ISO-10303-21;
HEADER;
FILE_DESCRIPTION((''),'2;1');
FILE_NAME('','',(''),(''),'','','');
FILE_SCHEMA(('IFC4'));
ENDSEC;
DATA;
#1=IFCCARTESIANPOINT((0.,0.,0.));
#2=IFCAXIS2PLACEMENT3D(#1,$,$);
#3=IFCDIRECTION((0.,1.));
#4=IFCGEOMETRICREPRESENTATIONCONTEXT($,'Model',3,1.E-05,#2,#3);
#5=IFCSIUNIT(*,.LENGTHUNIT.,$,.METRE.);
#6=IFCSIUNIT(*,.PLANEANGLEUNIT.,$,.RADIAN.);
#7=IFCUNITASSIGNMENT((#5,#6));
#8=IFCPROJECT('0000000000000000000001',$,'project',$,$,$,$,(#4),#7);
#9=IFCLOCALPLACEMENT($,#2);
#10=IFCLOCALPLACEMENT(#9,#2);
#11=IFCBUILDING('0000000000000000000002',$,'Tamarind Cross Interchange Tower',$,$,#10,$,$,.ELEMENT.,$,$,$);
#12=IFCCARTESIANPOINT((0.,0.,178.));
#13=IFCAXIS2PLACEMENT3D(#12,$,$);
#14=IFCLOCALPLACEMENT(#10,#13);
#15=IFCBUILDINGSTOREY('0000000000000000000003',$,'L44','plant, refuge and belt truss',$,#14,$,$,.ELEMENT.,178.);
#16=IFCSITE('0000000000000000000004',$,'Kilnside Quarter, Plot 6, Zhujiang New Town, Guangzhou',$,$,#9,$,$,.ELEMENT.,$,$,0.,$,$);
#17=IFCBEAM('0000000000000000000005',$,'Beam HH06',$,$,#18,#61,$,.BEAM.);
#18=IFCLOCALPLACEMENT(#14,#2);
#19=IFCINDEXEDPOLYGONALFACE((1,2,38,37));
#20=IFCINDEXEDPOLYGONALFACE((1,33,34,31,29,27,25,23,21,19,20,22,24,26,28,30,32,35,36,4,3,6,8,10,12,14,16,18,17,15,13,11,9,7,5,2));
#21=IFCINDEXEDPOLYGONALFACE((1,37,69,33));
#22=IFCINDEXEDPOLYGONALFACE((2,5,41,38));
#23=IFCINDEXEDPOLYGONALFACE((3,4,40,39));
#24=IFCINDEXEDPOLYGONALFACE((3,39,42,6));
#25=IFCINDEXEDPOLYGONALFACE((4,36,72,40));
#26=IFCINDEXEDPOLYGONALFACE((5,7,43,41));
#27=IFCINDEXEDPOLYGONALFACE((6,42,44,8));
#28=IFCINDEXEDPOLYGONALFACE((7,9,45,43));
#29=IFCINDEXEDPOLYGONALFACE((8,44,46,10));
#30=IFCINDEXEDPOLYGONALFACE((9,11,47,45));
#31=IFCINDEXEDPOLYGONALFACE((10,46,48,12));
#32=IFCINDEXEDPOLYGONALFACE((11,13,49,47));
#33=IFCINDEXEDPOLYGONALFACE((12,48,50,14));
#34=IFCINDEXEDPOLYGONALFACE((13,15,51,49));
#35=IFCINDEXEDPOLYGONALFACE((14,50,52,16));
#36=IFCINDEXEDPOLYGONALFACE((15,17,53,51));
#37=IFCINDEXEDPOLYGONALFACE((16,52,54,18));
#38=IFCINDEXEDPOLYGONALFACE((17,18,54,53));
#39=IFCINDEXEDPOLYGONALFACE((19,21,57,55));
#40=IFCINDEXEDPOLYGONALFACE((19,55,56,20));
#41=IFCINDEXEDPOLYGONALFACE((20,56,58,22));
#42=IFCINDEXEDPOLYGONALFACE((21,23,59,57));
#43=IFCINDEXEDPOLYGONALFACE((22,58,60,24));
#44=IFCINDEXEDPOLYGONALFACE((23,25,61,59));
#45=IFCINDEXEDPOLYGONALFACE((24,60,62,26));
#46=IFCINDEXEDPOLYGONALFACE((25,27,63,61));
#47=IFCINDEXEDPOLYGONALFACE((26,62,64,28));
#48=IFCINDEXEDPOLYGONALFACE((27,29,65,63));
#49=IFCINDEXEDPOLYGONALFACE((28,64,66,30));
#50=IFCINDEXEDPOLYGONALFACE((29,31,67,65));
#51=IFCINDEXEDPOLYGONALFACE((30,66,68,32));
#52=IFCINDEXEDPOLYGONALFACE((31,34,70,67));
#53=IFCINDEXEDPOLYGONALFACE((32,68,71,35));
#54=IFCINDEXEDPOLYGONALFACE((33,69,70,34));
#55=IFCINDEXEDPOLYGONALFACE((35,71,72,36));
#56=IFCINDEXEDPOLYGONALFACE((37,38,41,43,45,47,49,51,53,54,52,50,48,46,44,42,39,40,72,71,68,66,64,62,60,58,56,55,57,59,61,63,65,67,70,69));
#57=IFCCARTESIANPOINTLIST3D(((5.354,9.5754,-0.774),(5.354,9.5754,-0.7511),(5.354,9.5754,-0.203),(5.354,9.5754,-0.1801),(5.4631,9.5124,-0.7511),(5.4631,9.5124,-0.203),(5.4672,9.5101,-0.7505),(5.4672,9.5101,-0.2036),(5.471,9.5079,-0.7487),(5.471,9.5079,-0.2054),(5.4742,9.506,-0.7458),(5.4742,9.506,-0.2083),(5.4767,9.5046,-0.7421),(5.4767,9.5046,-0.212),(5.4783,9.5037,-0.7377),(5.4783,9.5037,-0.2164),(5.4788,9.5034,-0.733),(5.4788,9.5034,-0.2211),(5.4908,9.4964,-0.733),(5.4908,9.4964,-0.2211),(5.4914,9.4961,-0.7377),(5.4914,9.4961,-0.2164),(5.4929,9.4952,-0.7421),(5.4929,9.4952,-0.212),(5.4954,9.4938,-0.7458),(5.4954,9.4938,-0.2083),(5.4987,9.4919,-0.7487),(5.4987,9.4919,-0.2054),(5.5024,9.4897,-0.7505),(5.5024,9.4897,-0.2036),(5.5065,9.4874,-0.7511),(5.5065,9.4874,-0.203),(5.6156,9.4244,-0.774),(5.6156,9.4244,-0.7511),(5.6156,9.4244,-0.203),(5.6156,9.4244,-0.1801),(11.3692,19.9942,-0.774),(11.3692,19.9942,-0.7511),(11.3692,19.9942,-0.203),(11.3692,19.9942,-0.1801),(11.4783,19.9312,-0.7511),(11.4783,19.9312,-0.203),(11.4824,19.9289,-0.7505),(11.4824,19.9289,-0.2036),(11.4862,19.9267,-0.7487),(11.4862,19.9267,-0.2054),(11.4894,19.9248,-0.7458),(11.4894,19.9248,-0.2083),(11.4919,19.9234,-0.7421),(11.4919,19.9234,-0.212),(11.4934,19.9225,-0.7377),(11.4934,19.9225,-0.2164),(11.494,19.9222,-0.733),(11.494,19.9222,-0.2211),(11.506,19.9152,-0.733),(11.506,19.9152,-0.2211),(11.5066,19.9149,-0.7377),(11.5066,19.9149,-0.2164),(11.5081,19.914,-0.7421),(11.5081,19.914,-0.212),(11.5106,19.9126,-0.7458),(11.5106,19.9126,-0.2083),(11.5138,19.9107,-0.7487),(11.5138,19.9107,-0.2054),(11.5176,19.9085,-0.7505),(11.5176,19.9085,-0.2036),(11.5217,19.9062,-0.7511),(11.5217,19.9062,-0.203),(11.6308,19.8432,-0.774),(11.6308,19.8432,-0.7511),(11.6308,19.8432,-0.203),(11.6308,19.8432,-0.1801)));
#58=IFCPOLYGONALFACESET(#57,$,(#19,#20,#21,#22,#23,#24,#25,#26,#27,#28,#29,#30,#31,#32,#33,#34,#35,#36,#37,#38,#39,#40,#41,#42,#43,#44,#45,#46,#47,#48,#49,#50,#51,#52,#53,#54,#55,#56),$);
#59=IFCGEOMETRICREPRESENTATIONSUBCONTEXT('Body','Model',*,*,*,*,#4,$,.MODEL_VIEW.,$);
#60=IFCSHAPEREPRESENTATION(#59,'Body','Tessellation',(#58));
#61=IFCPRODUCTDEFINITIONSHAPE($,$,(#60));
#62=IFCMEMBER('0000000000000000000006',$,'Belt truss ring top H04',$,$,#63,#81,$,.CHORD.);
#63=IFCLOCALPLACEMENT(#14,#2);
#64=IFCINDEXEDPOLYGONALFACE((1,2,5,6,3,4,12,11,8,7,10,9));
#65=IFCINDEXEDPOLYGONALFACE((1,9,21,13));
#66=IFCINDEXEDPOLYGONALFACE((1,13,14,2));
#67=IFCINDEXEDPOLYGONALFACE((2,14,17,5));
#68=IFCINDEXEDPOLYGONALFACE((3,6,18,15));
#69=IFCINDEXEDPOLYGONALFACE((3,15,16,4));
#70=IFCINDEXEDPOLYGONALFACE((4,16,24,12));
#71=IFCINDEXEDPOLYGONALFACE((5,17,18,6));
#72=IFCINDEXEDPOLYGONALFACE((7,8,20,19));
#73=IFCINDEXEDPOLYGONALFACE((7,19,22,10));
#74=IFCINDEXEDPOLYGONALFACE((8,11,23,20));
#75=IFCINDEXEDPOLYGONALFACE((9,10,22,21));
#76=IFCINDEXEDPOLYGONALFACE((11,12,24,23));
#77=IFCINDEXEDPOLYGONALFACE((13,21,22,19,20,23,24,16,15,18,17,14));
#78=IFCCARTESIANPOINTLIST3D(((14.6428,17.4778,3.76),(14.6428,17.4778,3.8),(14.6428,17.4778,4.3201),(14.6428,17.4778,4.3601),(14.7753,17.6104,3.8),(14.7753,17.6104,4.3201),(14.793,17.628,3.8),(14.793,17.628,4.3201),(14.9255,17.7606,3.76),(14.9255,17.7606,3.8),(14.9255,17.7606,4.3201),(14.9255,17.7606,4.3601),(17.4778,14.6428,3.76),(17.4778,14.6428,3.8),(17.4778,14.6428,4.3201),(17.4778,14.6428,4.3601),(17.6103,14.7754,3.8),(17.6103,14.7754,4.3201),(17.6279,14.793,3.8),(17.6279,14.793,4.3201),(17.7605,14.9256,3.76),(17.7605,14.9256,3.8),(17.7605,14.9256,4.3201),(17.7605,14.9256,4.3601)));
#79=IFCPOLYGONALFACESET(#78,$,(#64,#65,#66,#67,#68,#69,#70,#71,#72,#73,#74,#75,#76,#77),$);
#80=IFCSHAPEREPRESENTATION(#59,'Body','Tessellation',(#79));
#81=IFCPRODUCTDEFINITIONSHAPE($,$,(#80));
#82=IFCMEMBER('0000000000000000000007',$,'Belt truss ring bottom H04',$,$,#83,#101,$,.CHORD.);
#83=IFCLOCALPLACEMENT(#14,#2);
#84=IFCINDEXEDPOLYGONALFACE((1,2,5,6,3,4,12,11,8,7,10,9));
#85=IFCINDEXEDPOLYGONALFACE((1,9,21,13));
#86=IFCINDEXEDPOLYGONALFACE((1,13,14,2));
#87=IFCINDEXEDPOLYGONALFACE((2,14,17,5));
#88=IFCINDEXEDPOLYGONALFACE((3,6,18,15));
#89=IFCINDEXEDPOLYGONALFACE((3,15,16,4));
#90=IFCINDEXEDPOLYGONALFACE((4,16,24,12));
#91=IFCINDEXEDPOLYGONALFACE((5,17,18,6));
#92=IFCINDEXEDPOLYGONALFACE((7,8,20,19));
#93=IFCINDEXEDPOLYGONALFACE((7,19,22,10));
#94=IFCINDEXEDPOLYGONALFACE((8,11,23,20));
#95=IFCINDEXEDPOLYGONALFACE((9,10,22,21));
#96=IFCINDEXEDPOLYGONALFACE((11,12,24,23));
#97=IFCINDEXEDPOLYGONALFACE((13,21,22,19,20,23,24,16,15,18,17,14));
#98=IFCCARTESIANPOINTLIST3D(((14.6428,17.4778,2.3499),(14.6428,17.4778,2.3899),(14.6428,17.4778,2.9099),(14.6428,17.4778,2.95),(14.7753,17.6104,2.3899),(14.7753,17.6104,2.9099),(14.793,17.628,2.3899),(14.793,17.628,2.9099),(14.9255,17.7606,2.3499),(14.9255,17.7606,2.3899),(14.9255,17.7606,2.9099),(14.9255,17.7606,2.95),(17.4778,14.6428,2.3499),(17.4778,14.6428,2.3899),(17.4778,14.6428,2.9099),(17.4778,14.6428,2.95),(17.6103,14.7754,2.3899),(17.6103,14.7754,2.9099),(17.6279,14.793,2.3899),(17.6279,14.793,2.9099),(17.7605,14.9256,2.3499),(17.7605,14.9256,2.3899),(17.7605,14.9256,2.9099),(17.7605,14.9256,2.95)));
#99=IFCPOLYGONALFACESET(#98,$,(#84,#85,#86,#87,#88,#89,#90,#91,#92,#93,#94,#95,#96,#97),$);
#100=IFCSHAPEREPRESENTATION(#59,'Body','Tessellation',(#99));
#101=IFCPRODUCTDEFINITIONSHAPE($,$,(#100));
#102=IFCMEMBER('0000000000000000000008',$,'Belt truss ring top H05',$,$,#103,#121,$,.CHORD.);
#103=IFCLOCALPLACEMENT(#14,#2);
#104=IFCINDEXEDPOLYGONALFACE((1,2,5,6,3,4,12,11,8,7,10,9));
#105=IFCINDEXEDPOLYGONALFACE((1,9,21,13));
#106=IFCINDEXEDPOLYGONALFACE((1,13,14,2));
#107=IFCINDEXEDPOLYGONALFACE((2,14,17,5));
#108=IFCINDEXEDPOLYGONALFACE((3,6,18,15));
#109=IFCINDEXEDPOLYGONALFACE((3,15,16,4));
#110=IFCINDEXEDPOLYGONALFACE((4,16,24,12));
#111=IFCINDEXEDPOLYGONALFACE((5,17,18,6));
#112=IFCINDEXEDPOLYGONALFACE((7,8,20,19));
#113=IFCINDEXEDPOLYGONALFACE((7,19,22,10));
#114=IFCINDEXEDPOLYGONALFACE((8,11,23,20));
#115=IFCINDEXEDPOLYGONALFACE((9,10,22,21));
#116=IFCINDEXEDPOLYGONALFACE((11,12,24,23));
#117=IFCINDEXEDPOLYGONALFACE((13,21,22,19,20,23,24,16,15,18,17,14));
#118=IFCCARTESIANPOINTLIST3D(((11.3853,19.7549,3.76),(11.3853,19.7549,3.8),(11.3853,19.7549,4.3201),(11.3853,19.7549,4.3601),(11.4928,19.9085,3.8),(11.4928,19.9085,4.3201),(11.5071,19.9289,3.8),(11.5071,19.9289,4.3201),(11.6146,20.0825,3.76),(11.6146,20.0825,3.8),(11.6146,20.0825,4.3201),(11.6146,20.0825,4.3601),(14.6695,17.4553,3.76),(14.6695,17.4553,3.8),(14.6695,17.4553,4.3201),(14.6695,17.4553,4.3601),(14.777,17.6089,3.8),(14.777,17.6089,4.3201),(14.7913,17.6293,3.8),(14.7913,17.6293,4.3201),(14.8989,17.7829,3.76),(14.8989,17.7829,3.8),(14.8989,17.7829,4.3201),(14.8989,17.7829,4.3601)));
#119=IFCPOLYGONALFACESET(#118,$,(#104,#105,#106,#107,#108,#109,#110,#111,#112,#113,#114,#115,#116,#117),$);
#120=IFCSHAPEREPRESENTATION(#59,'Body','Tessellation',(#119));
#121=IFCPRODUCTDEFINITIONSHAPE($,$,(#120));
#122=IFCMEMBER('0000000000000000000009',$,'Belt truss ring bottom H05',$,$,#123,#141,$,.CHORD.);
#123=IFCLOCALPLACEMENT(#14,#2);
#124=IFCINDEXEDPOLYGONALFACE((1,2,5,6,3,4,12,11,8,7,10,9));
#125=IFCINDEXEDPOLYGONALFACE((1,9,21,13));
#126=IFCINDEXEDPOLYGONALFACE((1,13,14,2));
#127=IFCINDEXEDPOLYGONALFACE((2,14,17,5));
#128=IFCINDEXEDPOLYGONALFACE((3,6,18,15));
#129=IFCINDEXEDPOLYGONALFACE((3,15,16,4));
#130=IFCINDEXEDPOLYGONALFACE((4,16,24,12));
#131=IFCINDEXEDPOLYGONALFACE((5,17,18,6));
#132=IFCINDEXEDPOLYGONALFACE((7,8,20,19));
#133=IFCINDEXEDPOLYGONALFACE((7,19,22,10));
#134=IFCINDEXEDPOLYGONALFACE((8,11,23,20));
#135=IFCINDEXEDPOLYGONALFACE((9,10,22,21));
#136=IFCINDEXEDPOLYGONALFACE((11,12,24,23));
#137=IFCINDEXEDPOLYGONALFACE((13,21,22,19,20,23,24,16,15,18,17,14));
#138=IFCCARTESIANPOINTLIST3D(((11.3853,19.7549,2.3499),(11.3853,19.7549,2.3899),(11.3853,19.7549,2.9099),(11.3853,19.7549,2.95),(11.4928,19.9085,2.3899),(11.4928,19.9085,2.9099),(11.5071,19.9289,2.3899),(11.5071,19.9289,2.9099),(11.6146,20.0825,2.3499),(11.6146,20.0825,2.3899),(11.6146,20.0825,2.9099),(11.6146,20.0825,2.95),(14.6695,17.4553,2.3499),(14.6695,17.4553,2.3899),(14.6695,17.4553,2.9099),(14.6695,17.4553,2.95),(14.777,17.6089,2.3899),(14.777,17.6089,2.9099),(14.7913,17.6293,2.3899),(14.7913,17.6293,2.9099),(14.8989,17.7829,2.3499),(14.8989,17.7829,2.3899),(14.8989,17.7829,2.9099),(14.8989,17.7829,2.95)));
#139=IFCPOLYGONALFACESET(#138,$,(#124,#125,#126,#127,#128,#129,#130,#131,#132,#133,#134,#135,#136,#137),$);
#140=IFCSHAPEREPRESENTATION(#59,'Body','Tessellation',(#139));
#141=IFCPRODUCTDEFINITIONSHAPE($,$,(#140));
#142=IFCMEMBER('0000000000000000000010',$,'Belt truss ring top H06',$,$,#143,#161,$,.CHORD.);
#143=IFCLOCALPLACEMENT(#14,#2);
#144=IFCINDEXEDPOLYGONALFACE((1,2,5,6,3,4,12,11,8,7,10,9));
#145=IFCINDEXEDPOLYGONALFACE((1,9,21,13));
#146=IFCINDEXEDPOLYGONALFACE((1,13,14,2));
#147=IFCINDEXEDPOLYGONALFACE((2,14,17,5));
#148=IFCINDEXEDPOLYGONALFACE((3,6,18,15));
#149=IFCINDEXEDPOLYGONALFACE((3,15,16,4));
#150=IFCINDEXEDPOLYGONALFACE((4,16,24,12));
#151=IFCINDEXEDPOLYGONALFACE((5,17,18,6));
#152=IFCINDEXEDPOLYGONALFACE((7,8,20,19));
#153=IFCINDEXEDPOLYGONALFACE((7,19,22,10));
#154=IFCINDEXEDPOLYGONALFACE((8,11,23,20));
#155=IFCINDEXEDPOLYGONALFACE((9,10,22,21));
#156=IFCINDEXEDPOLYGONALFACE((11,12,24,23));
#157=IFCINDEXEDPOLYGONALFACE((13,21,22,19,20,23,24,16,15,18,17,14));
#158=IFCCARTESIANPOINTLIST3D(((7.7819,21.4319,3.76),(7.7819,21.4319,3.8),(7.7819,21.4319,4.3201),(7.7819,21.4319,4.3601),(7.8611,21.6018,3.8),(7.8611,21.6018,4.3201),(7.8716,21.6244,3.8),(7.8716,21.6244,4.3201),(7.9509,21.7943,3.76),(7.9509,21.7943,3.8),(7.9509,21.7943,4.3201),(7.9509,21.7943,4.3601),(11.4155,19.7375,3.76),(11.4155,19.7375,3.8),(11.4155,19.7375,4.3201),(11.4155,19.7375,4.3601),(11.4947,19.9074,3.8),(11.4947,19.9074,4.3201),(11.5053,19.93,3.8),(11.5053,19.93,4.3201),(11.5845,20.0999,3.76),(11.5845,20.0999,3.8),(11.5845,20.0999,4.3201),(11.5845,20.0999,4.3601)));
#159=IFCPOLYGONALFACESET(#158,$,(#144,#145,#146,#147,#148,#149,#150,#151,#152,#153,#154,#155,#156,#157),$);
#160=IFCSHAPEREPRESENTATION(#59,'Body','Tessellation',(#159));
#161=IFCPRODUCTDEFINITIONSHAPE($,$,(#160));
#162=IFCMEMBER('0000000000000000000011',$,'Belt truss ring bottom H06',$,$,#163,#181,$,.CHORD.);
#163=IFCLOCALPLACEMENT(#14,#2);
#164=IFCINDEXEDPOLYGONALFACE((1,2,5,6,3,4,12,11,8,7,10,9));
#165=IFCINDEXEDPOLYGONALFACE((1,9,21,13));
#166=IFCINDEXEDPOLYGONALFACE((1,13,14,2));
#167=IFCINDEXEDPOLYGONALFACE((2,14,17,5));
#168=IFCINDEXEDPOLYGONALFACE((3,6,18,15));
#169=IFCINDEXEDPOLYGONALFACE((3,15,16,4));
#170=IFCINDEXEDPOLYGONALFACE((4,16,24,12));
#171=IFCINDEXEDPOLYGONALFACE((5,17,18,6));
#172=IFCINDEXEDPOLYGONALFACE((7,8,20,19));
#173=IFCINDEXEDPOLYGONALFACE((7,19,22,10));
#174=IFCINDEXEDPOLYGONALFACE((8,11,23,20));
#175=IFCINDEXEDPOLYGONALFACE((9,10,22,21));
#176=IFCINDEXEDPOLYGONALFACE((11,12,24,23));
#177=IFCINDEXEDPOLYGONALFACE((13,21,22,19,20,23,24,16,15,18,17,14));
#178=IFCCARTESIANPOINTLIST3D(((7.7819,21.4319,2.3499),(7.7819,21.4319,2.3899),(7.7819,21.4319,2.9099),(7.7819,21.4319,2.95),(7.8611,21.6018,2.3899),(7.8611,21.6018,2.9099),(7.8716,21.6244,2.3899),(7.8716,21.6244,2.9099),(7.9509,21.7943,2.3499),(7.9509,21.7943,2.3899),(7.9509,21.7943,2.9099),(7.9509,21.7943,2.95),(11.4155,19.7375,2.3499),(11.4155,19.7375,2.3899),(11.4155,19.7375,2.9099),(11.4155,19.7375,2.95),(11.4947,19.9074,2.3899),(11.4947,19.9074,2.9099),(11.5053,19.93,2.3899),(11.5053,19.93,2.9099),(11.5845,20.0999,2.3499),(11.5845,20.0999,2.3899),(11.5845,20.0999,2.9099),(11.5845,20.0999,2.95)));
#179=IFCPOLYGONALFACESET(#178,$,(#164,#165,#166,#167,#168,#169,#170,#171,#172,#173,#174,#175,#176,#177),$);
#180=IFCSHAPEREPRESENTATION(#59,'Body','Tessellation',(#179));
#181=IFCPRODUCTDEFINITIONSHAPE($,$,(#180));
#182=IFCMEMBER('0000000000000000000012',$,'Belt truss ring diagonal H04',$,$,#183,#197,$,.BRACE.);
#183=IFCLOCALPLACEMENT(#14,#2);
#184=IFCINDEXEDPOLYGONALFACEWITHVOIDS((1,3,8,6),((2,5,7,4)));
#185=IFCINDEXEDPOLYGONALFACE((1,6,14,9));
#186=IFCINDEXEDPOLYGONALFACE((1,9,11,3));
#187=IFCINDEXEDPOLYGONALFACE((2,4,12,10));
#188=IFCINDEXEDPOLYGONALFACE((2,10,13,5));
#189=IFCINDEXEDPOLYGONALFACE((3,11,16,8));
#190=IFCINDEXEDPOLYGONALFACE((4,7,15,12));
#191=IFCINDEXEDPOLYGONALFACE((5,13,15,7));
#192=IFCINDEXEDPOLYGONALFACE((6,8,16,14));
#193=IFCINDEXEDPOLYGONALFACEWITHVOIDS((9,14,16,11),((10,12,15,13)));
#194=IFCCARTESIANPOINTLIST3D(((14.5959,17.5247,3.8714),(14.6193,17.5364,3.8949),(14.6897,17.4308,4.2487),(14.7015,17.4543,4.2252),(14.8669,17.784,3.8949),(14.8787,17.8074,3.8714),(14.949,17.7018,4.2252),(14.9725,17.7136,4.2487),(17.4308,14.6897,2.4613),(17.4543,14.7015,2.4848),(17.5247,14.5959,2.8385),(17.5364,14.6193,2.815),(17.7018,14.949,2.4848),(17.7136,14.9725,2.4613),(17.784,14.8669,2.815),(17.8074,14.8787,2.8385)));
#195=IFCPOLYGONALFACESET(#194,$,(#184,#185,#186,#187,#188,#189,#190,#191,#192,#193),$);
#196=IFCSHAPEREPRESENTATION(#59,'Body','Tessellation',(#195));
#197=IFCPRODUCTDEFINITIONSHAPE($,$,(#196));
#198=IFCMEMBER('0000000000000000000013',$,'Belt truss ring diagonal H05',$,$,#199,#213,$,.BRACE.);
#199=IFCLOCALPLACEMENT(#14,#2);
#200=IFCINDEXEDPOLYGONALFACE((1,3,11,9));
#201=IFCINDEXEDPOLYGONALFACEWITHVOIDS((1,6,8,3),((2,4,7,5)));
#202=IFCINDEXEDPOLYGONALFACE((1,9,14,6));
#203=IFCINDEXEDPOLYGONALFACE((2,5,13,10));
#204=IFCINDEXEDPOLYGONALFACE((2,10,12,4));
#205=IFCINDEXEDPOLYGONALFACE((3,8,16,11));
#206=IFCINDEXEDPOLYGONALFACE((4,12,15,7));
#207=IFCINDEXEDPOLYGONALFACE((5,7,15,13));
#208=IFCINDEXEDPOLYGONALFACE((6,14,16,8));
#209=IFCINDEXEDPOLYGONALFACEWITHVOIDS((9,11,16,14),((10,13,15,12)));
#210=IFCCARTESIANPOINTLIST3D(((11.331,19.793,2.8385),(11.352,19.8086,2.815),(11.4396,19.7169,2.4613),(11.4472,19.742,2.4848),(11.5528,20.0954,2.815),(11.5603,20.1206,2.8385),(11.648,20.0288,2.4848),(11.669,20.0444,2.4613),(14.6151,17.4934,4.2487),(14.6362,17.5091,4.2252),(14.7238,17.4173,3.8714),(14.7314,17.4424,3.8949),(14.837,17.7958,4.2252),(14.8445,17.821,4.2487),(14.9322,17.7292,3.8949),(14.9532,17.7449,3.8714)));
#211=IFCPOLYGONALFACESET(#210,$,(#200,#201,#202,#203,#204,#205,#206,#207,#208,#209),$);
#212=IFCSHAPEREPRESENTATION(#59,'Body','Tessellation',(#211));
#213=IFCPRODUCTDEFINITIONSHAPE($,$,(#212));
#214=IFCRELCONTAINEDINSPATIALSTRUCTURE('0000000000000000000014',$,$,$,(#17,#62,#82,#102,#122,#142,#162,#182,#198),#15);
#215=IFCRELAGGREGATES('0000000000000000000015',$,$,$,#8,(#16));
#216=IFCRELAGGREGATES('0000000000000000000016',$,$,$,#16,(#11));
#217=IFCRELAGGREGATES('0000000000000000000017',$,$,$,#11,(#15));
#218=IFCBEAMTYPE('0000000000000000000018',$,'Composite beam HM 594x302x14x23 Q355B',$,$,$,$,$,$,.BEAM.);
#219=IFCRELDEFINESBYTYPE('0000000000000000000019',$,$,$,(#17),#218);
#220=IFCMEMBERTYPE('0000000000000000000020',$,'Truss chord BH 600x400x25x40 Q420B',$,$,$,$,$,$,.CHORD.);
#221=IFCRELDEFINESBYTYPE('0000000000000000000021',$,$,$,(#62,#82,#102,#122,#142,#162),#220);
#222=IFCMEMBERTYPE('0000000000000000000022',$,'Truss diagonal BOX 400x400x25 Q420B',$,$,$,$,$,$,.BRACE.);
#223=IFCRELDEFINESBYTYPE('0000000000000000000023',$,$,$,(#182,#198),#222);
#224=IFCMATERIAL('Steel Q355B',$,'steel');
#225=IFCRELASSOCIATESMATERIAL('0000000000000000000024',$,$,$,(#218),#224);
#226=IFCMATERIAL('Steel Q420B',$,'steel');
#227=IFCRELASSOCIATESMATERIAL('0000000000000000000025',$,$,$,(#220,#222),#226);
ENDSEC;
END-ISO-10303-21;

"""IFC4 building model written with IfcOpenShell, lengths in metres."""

from ifc_helpers import new_model, si_unit, direction, frame, origin, origin_2d, place, context, subcontext, project, spatial, hollow_rectangle, i_section, extrude, material, material_profile, profile_set, type_object, element, save


model = new_model("IFC4")

# Units and contexts
model_context = context("Model", 3, precision=1e-05, world=origin(), true_north=direction((0.0, 1.0)))
body_context = subcontext(model_context, "Body", "Model", "MODEL_VIEW")
ifc_project = project(units=[si_unit("LENGTHUNIT", "METRE"), si_unit("PLANEANGLEUNIT", "RADIAN")], contexts=[model_context])

# Site, building, storey
site_placement = place(None, origin())
site = spatial("IfcSite", under=ifc_project, at=site_placement, Name="Kilnside Quarter, Plot 6, Zhujiang New Town, Guangzhou", CompositionType="ELEMENT", RefElevation=0.0)
building_placement = place(site_placement, origin())
building = spatial("IfcBuilding", under=site, at=building_placement, Name="Tamarind Cross Interchange Tower", CompositionType="ELEMENT")
storey_placement = place(building_placement, frame((0.0, 0.0, 178.0)))
storey = spatial("IfcBuildingStorey", under=building, at=storey_placement, Name="L44", Description="plant, refuge and belt truss", CompositionType="ELEMENT", Elevation=178.0)

# Beam
ifc_material_1 = material(Name="Steel Q355B", Category="steel")
ifc_material_profile_1 = material_profile(ifc_material_1, i_section(OverallWidth=0.302, OverallDepth=0.594, WebThickness=0.0139, FlangeThickness=0.0229, FilletRadius=0.0181, at=origin_2d()), Name="HM 594x302x14x23")
ifc_profile_set_1 = profile_set([ifc_material_profile_1], Name="Steel Q355B")
beam_type = type_object("IfcBeamType", Name="Composite beam HM 594x302x14x23 Q355B", PredefinedType="BEAM", material=ifc_profile_set_1)
beam_1_placement = place(storey_placement, frame((11.5, 19.9187, -0.4771), z_axis=(-0.499994, -0.866029, 0.0), x_axis=(0.866029, -0.499994, 0.0)))
element("IfcBeam", 1, at=beam_1_placement, inside=storey, type_object=beam_type, Name="Beam HH06", PredefinedType="BEAM", context=body_context, shape_type="SweptSolid", body=[
    extrude(i_section(OverallWidth=0.302, OverallDepth=0.594, WebThickness=0.0139, FlangeThickness=0.0229, FilletRadius=0.0181, at=origin_2d()), origin(), (0.0, 0.0, 1.0), 12.0305),
])

# Members
ifc_material_2 = material(Name="Steel Q420B", Category="steel")
ifc_material_profile_2 = material_profile(ifc_material_2, i_section(OverallWidth=0.3999, OverallDepth=0.6001, WebThickness=0.0249, FlangeThickness=0.04, at=origin_2d()), Name="BH 600x400x25x40")
ifc_profile_set_2 = profile_set([ifc_material_profile_2], Name="Steel Q420B")
member_type_1 = type_object("IfcMemberType", Name="Truss chord BH 600x400x25x40 Q420B", PredefinedType="CHORD", material=ifc_profile_set_2)
for number, where, z_axis, x_axis, name in (
    (2, (17.6191, 14.7842, 4.0601), (-0.707107, 0.707107, 0.0), (-0.707107, -0.707107, 0.0), "Belt truss ring top H04"),
    (3, (17.6191, 14.7842, 2.6499), (-0.707107, 0.707107, 0.0), (-0.707107, -0.707107, 0.0), "Belt truss ring bottom H04"),
    (4, (14.7842, 17.6191, 4.0601), (-0.819158, 0.573569, 0.0), (-0.573569, -0.819158, 0.0), "Belt truss ring top H05"),
    (5, (14.7842, 17.6191, 2.6499), (-0.819158, 0.573569, 0.0), (-0.573569, -0.819158, 0.0), "Belt truss ring bottom H05"),
    (6, (11.5, 19.9187, 4.0601), (-0.906309, 0.422615, 0.0), (-0.422615, -0.906309, 0.0), "Belt truss ring top H06"),
    (7, (11.5, 19.9187, 2.6499), (-0.906309, 0.422615, 0.0), (-0.422615, -0.906309, 0.0), "Belt truss ring bottom H06"),
):
    element("IfcMember", number, at=place(storey_placement, frame(where, z_axis=z_axis, x_axis=x_axis)), inside=storey, type_object=member_type_1, Name=name, PredefinedType="CHORD", context=body_context, shape_type="SweptSolid", body=[
        extrude(i_section(OverallWidth=0.3999, OverallDepth=0.6001, WebThickness=0.0249, FlangeThickness=0.04, at=origin_2d()), origin(), (0.0, 0.0, 1.0), 4.0093),
    ])
ifc_material_profile_3 = material_profile(ifc_material_2, hollow_rectangle(XDim=0.3999, YDim=0.3999, WallThickness=0.0249, at=origin_2d()), Name="BOX 400x400x25")
ifc_profile_set_3 = profile_set([ifc_material_profile_3], Name="Steel Q420B")
member_type_2 = type_object("IfcMemberType", Name="Truss diagonal BOX 400x400x25 Q420B", PredefinedType="BRACE", material=ifc_profile_set_3)
for number, where, z_axis, x_axis, name in (
    (8, (17.6191, 14.7842, 2.6499), (-0.667049, 0.667049, 0.331801), (-0.707107, -0.707107, 0.0), "Belt truss ring diagonal H04"),
    (9, (14.7842, 17.6191, 4.0601), (-0.772751, 0.541075, -0.331803), (-0.573569, -0.819158, 0.0), "Belt truss ring diagonal H05"),
):
    element("IfcMember", number, at=place(storey_placement, frame(where, z_axis=z_axis, x_axis=x_axis)), inside=storey, type_object=member_type_2, Name=name, PredefinedType="BRACE", context=body_context, shape_type="SweptSolid", body=[
        extrude(hollow_rectangle(XDim=0.3999, YDim=0.3999, WallThickness=0.0249, at=origin_2d()), origin(), (0.0, 0.0, 1.0), 4.25),
    ])

save(model, "model.ifc")
